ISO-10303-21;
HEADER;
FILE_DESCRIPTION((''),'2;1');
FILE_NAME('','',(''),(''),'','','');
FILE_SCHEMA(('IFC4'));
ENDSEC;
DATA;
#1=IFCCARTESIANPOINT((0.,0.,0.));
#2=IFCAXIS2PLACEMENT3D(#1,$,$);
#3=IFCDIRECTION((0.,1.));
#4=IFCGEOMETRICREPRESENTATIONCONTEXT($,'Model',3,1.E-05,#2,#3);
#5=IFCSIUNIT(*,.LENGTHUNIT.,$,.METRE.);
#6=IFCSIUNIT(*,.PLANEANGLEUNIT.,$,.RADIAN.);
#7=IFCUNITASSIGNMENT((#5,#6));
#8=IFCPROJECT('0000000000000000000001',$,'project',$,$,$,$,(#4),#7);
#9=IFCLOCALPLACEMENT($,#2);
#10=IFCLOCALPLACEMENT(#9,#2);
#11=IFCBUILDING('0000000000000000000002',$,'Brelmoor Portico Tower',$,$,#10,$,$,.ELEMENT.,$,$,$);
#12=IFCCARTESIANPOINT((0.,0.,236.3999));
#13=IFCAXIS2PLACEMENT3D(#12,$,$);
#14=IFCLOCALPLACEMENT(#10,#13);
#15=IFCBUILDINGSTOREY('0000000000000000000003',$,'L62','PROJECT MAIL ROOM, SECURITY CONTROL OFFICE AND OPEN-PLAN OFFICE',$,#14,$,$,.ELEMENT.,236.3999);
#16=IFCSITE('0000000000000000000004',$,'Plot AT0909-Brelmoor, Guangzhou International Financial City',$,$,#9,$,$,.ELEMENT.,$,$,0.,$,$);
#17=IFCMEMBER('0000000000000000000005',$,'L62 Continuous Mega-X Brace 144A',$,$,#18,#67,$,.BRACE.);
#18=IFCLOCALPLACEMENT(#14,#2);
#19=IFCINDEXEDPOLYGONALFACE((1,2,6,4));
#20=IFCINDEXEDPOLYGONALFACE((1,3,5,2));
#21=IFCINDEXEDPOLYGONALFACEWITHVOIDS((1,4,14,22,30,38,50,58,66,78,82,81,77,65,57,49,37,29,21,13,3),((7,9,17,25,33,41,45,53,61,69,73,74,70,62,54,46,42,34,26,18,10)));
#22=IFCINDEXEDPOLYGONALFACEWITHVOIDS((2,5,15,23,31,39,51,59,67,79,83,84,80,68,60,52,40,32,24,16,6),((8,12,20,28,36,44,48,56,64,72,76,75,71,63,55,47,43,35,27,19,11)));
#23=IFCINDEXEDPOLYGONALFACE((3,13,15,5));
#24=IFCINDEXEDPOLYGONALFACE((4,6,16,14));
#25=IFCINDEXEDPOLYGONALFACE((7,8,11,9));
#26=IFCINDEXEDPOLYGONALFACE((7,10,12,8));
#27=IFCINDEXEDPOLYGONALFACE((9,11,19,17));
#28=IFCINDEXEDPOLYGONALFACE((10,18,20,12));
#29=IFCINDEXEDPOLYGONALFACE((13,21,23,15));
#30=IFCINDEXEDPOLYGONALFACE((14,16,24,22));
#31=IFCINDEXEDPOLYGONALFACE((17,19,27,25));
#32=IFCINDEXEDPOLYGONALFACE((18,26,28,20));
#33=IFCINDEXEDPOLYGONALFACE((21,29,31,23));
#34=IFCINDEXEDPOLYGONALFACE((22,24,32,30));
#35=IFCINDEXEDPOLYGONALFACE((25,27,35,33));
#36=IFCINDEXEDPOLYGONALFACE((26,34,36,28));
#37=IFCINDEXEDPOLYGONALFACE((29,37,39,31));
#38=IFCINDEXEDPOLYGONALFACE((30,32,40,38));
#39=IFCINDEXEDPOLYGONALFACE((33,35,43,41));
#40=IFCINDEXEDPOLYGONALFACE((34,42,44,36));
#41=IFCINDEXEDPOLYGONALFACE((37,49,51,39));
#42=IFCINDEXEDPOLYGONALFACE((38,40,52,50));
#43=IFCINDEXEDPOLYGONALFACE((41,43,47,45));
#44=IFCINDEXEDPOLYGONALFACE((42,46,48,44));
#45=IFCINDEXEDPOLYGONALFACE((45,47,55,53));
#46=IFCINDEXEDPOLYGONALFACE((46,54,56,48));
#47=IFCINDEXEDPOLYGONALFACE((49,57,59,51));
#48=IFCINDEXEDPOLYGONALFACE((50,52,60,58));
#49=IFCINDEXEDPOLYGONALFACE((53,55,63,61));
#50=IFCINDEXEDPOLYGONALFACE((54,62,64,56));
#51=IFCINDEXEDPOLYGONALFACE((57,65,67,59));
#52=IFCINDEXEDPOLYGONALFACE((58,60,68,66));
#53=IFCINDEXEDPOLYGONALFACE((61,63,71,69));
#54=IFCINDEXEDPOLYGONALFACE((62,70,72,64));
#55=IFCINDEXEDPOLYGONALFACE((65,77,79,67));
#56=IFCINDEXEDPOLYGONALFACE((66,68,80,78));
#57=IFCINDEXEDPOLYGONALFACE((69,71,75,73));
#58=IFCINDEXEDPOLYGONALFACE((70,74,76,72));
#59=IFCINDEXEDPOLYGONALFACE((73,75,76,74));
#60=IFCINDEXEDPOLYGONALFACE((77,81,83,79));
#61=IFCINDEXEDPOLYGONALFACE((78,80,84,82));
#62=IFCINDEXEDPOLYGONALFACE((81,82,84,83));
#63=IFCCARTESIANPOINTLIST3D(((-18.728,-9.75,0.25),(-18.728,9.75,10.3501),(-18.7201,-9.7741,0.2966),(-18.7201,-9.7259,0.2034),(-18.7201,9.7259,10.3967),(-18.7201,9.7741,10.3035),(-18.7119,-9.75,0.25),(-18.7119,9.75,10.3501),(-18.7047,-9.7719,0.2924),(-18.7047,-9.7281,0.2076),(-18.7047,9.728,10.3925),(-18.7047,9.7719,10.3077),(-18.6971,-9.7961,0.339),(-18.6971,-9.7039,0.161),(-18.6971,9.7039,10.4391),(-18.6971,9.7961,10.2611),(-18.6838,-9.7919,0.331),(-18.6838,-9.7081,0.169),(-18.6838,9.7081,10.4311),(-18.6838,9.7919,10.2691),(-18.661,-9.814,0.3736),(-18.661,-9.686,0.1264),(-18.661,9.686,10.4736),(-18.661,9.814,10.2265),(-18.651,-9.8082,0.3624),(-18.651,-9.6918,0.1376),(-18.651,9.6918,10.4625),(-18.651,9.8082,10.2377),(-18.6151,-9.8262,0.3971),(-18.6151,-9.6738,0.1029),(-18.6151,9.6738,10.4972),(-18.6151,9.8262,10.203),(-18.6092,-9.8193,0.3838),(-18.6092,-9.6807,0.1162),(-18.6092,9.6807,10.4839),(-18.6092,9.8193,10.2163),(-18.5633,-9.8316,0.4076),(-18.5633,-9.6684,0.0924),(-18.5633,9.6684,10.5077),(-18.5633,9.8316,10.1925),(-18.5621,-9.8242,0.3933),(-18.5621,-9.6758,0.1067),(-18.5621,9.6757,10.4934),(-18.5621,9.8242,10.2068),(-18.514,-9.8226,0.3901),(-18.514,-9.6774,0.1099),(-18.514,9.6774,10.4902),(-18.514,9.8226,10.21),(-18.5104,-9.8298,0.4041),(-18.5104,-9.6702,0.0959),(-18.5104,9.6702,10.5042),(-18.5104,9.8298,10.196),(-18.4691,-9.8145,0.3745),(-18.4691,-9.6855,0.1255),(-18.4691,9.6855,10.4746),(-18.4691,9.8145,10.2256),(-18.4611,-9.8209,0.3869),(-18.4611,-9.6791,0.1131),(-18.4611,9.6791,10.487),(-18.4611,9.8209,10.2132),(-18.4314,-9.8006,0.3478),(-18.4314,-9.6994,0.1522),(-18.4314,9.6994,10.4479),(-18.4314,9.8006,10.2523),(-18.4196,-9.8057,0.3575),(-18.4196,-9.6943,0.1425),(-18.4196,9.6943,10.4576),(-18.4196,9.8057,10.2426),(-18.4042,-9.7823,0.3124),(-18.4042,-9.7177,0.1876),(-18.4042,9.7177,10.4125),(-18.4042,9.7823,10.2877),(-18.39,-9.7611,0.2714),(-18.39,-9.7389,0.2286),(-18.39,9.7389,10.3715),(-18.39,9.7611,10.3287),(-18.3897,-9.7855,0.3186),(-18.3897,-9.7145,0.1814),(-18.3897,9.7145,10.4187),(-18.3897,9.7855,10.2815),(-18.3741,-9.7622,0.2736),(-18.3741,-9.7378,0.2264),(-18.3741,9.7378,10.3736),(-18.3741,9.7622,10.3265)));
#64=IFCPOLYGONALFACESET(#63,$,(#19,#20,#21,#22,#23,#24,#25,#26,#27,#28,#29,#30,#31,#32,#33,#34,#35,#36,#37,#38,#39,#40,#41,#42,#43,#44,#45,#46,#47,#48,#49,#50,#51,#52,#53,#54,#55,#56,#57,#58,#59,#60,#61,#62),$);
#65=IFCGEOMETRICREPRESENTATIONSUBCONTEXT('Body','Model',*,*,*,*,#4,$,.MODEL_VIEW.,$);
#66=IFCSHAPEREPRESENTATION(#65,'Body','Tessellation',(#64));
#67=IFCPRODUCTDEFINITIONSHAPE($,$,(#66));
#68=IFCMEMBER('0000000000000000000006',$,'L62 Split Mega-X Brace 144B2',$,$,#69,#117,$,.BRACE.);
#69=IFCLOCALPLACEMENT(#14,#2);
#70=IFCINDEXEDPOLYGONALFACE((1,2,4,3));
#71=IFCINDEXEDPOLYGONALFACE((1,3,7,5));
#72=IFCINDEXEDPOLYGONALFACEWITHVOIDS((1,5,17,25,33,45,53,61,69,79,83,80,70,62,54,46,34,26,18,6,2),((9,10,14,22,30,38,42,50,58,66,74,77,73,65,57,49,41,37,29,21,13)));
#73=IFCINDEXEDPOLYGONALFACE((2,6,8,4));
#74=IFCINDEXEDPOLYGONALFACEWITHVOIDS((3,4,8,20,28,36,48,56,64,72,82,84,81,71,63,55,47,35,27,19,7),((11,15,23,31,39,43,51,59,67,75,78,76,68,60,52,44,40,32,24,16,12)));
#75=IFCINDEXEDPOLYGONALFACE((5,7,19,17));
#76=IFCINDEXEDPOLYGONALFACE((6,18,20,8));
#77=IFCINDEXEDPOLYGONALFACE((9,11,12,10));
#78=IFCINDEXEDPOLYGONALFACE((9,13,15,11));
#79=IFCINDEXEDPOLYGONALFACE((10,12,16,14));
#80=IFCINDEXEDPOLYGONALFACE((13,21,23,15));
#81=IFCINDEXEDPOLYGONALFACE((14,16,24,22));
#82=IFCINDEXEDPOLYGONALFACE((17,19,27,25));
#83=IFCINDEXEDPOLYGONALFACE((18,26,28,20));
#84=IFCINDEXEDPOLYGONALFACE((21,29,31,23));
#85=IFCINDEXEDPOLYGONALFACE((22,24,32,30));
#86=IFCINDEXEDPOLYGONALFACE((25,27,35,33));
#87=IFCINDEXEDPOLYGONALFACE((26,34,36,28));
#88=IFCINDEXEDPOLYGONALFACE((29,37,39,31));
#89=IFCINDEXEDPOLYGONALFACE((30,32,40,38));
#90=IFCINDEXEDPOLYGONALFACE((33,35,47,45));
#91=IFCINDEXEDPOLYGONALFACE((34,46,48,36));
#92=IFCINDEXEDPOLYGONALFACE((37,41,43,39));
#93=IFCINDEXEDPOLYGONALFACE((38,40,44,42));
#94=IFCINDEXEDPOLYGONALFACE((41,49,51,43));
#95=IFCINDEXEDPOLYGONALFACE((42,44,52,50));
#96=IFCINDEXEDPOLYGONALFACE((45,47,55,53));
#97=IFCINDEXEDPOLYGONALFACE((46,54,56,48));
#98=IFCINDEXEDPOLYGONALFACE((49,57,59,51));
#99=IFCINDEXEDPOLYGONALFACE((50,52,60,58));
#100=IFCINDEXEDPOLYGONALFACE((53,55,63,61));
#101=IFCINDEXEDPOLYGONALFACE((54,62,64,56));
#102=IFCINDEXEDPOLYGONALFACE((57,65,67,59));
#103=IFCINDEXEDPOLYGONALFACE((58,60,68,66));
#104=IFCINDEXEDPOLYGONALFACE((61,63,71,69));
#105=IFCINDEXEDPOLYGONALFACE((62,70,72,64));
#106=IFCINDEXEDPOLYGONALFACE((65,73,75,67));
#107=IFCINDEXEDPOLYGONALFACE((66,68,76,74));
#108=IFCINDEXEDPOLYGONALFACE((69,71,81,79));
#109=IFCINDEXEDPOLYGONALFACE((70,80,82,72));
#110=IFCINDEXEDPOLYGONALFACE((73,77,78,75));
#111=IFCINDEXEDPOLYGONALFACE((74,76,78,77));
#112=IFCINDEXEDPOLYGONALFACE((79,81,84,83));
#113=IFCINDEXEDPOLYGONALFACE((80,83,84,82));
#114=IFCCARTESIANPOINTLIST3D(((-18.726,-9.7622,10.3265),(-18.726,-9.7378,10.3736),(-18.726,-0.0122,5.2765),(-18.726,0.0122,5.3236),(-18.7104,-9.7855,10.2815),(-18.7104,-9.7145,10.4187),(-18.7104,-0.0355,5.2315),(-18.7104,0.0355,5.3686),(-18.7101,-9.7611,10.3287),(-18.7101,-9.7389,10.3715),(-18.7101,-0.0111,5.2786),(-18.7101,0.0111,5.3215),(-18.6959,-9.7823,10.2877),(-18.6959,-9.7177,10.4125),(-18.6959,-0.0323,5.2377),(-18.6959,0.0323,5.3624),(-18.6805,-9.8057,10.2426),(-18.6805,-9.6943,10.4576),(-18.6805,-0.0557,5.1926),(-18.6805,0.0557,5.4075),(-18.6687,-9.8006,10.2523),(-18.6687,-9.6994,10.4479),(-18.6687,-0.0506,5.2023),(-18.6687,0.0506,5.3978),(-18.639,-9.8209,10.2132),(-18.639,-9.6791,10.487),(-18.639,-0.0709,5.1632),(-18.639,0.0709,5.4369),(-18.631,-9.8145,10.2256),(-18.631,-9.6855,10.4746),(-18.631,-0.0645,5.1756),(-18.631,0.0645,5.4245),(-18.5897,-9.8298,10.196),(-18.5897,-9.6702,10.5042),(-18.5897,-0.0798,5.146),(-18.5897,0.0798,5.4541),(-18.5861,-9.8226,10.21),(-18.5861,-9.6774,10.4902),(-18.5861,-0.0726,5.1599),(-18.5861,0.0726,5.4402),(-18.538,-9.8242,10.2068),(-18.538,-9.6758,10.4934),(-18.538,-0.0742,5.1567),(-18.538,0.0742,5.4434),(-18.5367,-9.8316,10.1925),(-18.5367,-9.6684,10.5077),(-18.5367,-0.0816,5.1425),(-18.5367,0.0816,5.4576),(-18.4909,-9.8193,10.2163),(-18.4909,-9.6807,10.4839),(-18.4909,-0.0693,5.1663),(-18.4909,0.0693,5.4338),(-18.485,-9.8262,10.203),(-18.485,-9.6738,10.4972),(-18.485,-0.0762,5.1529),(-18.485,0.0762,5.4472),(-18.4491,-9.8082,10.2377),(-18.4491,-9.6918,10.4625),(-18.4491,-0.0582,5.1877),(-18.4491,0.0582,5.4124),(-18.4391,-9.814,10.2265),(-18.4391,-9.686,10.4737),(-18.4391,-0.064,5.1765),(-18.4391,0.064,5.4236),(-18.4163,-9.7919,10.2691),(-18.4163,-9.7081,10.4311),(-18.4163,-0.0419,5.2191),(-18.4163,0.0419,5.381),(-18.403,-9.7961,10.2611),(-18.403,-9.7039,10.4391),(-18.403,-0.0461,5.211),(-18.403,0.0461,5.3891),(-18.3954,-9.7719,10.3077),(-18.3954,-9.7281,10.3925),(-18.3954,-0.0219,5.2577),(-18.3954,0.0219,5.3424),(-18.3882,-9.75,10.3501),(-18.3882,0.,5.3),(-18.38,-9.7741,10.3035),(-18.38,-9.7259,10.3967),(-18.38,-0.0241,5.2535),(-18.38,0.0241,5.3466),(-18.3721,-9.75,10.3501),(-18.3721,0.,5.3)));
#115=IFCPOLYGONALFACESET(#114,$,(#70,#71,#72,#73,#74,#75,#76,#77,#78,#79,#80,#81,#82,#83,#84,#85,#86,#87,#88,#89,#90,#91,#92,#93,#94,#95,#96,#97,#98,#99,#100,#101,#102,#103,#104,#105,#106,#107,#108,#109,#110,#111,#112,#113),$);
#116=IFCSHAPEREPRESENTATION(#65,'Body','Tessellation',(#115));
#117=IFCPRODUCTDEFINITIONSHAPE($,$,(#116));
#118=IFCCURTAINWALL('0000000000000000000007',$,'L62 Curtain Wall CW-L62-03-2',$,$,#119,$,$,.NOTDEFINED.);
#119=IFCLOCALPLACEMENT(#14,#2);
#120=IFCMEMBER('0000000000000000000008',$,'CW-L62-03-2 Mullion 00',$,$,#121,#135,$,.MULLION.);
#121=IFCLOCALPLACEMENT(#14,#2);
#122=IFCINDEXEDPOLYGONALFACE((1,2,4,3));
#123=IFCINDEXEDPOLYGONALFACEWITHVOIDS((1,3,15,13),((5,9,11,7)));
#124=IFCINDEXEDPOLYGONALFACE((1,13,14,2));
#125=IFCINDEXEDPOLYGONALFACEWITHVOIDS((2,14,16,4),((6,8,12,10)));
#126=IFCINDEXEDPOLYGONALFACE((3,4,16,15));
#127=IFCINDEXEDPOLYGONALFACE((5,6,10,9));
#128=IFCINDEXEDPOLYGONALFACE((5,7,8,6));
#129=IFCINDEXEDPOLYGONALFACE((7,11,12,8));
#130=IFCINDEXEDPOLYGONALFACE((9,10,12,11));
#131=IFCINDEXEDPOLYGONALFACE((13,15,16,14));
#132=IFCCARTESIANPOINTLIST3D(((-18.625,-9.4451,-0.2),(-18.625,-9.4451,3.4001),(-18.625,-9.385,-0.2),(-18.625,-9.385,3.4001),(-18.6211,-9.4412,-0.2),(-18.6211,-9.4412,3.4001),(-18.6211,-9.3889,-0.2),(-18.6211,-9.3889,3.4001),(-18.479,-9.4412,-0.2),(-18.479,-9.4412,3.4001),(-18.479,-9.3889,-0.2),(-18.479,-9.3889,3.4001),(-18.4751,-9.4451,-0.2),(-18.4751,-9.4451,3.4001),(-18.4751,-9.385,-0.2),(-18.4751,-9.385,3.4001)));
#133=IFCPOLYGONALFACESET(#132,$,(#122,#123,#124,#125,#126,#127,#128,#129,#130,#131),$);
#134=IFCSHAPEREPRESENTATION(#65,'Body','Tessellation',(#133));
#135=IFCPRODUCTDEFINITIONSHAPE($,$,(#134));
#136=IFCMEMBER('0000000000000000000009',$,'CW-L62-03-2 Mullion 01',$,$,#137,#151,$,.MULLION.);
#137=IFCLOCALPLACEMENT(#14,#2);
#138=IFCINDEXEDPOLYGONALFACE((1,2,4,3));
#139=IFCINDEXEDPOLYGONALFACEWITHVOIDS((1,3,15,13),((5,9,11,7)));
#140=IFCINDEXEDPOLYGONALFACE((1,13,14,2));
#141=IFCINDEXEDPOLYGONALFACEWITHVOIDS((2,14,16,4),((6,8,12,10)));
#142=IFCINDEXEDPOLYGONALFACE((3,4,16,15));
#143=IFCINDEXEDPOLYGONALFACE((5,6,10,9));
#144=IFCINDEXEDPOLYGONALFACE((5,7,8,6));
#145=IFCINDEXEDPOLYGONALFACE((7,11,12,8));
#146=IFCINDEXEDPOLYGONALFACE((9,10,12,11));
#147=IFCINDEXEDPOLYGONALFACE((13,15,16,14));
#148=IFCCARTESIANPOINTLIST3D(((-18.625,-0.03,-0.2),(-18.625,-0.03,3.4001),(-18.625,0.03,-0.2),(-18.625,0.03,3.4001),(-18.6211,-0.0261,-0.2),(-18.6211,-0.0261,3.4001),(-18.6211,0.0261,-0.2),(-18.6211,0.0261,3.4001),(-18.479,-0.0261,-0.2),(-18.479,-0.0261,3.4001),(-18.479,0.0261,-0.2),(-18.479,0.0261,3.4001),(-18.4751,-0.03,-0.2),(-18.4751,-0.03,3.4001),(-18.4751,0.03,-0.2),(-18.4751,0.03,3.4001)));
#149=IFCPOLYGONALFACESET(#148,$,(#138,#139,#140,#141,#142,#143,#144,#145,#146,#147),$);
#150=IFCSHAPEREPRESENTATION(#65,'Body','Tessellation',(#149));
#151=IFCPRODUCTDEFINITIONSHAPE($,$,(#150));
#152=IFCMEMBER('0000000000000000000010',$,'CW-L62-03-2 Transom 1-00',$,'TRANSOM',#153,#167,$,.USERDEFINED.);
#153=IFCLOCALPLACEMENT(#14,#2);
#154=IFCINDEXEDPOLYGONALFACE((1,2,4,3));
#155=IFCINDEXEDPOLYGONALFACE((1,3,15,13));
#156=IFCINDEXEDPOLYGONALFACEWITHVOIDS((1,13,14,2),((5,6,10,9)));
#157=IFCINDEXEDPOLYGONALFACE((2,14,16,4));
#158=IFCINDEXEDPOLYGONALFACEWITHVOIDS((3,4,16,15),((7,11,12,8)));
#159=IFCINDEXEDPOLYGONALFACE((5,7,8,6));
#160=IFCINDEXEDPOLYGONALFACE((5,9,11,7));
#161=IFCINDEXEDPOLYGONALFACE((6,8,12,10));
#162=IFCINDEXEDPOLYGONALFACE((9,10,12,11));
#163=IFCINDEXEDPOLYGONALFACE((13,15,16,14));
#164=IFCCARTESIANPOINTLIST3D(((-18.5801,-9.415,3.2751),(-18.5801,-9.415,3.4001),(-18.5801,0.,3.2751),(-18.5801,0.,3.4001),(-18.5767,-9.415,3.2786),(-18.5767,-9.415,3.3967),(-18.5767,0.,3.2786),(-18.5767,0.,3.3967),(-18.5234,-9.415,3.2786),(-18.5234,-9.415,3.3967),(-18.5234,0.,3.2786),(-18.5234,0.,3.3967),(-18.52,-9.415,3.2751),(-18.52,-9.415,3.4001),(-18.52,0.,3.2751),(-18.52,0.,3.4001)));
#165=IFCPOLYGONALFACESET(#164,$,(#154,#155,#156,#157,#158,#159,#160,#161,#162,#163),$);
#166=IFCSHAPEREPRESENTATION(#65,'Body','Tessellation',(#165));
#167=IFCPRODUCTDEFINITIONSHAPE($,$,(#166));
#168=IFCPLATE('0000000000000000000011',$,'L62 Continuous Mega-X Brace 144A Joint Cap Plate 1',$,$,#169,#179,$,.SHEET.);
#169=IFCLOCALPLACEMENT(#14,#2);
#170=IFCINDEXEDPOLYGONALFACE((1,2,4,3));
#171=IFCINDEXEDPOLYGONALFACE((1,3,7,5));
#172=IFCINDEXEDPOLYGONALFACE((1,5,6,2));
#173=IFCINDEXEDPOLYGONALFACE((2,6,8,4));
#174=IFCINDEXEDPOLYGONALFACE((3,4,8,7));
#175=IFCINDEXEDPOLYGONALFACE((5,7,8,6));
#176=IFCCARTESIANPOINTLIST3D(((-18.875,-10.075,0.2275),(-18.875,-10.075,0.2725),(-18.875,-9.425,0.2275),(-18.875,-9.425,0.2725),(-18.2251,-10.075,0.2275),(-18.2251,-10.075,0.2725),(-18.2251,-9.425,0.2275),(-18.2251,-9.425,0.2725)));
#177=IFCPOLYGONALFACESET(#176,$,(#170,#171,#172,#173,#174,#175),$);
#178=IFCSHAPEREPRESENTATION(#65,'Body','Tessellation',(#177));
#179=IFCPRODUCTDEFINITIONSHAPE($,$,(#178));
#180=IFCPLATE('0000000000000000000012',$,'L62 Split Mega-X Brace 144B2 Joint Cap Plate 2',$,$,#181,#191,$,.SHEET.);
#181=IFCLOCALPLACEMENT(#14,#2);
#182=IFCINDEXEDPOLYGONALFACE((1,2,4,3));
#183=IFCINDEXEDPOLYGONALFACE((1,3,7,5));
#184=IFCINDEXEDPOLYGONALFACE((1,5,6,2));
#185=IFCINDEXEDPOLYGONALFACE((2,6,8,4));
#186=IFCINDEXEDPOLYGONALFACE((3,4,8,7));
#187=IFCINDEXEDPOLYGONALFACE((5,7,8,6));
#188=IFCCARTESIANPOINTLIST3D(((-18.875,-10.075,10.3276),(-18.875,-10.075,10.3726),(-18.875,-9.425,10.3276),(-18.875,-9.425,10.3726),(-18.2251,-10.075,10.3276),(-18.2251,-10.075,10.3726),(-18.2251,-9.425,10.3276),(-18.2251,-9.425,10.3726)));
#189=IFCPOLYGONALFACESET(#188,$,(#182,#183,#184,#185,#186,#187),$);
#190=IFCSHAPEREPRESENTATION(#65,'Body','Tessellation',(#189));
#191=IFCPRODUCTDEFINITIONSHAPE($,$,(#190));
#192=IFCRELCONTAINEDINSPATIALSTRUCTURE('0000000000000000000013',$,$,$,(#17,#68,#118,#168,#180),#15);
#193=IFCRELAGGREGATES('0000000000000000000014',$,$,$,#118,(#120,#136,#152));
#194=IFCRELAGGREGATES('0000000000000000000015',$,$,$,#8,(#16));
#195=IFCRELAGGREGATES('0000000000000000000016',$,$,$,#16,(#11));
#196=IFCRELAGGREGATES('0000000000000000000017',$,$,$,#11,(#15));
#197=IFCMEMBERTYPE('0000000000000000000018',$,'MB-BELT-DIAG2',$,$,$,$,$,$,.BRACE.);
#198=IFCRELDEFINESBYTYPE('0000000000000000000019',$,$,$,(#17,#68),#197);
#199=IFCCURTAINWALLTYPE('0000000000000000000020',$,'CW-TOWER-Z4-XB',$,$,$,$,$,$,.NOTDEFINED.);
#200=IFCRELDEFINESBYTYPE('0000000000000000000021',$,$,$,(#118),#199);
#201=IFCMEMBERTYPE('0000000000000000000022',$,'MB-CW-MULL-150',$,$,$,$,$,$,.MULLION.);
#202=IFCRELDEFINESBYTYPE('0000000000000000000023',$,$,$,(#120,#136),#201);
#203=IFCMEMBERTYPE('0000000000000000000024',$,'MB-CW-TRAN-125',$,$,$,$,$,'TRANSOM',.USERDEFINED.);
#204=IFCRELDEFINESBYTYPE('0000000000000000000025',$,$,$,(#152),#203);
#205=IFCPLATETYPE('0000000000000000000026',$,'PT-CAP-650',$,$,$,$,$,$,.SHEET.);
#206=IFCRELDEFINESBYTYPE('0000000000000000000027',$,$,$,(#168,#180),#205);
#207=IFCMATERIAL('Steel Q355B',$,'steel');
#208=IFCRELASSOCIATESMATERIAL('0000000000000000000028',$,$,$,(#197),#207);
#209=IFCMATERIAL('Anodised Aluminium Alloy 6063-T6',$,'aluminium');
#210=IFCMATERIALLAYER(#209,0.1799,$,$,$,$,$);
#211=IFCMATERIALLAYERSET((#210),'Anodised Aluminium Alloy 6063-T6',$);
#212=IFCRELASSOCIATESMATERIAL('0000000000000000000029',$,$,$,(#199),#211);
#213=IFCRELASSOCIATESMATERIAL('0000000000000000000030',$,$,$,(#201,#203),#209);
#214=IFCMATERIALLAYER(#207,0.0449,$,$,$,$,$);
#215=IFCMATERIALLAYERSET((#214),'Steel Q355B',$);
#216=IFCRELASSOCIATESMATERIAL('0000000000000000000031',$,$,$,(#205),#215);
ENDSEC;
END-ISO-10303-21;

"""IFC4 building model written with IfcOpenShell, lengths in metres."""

from ifc_helpers import new_model, si_unit, direction, frame, origin, origin_2d, place, context, subcontext, project, spatial, rectangle, hollow_rectangle, hollow_circle, extrude, material, layer, layer_set, material_profile, profile_set, type_object, element, aggregate, save


model = new_model("IFC4")

# Units and contexts
model_context = context("Model", 3, precision=1e-05, world=origin(), true_north=direction((0.0, 1.0)))
body_context = subcontext(model_context, "Body", "Model", "MODEL_VIEW")
ifc_project = project(units=[si_unit("LENGTHUNIT", "METRE"), si_unit("PLANEANGLEUNIT", "RADIAN")], contexts=[model_context])

# Site, building, storey
site_placement = place(None, origin())
site = spatial("IfcSite", under=ifc_project, at=site_placement, Name="Plot AT0909-Brelmoor, Guangzhou International Financial City", CompositionType="ELEMENT", RefElevation=0.0)
building_placement = place(site_placement, origin())
building = spatial("IfcBuilding", under=site, at=building_placement, Name="Brelmoor Portico Tower", CompositionType="ELEMENT")
storey_placement = place(building_placement, frame((0.0, 0.0, 236.3999)))
storey = spatial("IfcBuildingStorey", under=building, at=storey_placement, Name="L62", Description="PROJECT MAIL ROOM, SECURITY CONTROL OFFICE AND OPEN-PLAN OFFICE", CompositionType="ELEMENT", Elevation=236.3999)

# Shared definitions
ifc_material_1 = material(Name="Steel Q355B", Category="steel")

# Members
ifc_material_profile_1 = material_profile(ifc_material_1, hollow_circle(Radius=0.178, WallThickness=0.0161, at=origin_2d()), Name="CHS 356x16")
ifc_profile_set_1 = profile_set([ifc_material_profile_1], Name="Steel Q355B")
member_type_1 = type_object("IfcMemberType", Name="MB-BELT-DIAG2", PredefinedType="BRACE", material=ifc_profile_set_1)
member_1_placement = place(storey_placement, frame((-18.55, -9.75, 0.25), z_axis=(0.0, 0.887959, 0.459922), x_axis=(-1.0, 0.0, 0.0)))
element("IfcMember", 1, at=member_1_placement, inside=storey, type_object=member_type_1, Name="L62 Continuous Mega-X Brace 144A", PredefinedType="BRACE", context=body_context, shape_type="SweptSolid", body=[
    extrude(hollow_circle(Radius=0.178, WallThickness=0.0161, at=origin_2d()), origin(), (0.0, 0.0, 1.0), 21.9604),
])
member_2_placement = place(storey_placement, frame((-18.55, 0.0, 5.3), z_axis=(0.0, -0.887959, 0.459922), x_axis=(1.0, 0.0, 0.0)))
element("IfcMember", 2, at=member_2_placement, inside=storey, type_object=member_type_1, Name="L62 Split Mega-X Brace 144B2", PredefinedType="BRACE", context=body_context, shape_type="SweptSolid", body=[
    extrude(hollow_circle(Radius=0.178, WallThickness=0.0161, at=origin_2d()), origin(), (0.0, 0.0, 1.0), 10.9802),
])

# Curtain wall, members
ifc_material_2 = material(Name="Anodised Aluminium Alloy 6063-T6", Category="aluminium")
ifc_layer_1 = layer(ifc_material_2, 0.1799)
ifc_layer_set_1 = layer_set([ifc_layer_1], Name="Anodised Aluminium Alloy 6063-T6")
curtain_wall_type = type_object("IfcCurtainWallType", Name="CW-TOWER-Z4-XB", PredefinedType="NOTDEFINED", material=ifc_layer_set_1)
curtain_wall_placement = place(storey_placement, origin())
curtain_wall = element("IfcCurtainWall", 3, at=curtain_wall_placement, inside=storey, type_object=curtain_wall_type, Name="L62 Curtain Wall CW-L62-03-2", PredefinedType="NOTDEFINED")
ifc_material_profile_2 = material_profile(ifc_material_2, hollow_rectangle(XDim=0.0601, YDim=0.1499, WallThickness=0.0039, at=origin_2d()), Name="ALU MULLION 60x150")
ifc_profile_set_2 = profile_set([ifc_material_profile_2], Name="Anodised Aluminium Alloy 6063-T6")
member_type_2 = type_object("IfcMemberType", Name="MB-CW-MULL-150", PredefinedType="MULLION", material=ifc_profile_set_2)
member_3_placement = place(storey_placement, frame((-18.55, -9.415, -0.2), z_axis=(0.0, 0.0, 1.0), x_axis=(0.0, 1.0, 0.0)))
member_3 = element("IfcMember", 4, at=member_3_placement, type_object=member_type_2, Name="CW-L62-03-2 Mullion 00", PredefinedType="MULLION", context=body_context, shape_type="SweptSolid", body=[
    extrude(hollow_rectangle(XDim=0.0601, YDim=0.1499, WallThickness=0.0039, at=origin_2d()), origin(), (0.0, 0.0, 1.0), 3.6001),
])
member_4_placement = place(storey_placement, frame((-18.55, 0.0, -0.2), z_axis=(0.0, 0.0, 1.0), x_axis=(0.0, 1.0, 0.0)))
member_4 = element("IfcMember", 5, at=member_4_placement, type_object=member_type_2, Name="CW-L62-03-2 Mullion 01", PredefinedType="MULLION", context=body_context, shape_type="SweptSolid", body=[
    extrude(hollow_rectangle(XDim=0.0601, YDim=0.1499, WallThickness=0.0039, at=origin_2d()), origin(), (0.0, 0.0, 1.0), 3.6001),
])
ifc_material_profile_3 = material_profile(ifc_material_2, hollow_rectangle(XDim=0.0601, YDim=0.125, WallThickness=0.0034, at=origin_2d()), Name="ALU TRANSOM 60x125")
ifc_profile_set_3 = profile_set([ifc_material_profile_3], Name="Anodised Aluminium Alloy 6063-T6")
member_type_3 = type_object("IfcMemberType", Name="MB-CW-TRAN-125", ElementType="TRANSOM", PredefinedType="USERDEFINED", material=ifc_profile_set_3)
member_5_placement = place(storey_placement, frame((-18.55, -9.415, 3.3376), z_axis=(0.0, 1.0, 0.0), x_axis=(-1.0, 0.0, 0.0)))
member_5 = element("IfcMember", 6, at=member_5_placement, type_object=member_type_3, Name="CW-L62-03-2 Transom 1-00", ObjectType="TRANSOM", PredefinedType="USERDEFINED", context=body_context, shape_type="SweptSolid", body=[
    extrude(hollow_rectangle(XDim=0.0601, YDim=0.125, WallThickness=0.0034, at=origin_2d()), origin(), (0.0, 0.0, 1.0), 9.415),
])

# Plates
ifc_layer_2 = layer(ifc_material_1, 0.0449)
ifc_layer_set_2 = layer_set([ifc_layer_2], Name="Steel Q355B")
plate_type_1 = type_object("IfcPlateType", Name="PT-CAP-650", PredefinedType="SHEET", material=ifc_layer_set_2)
for number, where, z_axis, x_axis, name in (
    (7, (-18.55, -9.75, 0.2275), (0.0, 0.0, 1.0), (1.0, 0.0, 0.0), "L62 Continuous Mega-X Brace 144A Joint Cap Plate 1"),
    (8, (-18.55, -9.75, 10.3276), (0.0, 0.0, 1.0), (1.0, 0.0, 0.0), "L62 Split Mega-X Brace 144B2 Joint Cap Plate 2"),
):
    element("IfcPlate", number, at=place(storey_placement, frame(where, z_axis=z_axis, x_axis=x_axis)), inside=storey, type_object=plate_type_1, Name=name, PredefinedType="SHEET", context=body_context, shape_type="SweptSolid", body=[
        extrude(rectangle(XDim=0.6499, YDim=0.6499, at=origin_2d()), origin(), (0.0, 0.0, 1.0), 0.0449),
    ])

aggregate(curtain_wall, [member_3, member_4, member_5])

save(model, "model.ifc")
